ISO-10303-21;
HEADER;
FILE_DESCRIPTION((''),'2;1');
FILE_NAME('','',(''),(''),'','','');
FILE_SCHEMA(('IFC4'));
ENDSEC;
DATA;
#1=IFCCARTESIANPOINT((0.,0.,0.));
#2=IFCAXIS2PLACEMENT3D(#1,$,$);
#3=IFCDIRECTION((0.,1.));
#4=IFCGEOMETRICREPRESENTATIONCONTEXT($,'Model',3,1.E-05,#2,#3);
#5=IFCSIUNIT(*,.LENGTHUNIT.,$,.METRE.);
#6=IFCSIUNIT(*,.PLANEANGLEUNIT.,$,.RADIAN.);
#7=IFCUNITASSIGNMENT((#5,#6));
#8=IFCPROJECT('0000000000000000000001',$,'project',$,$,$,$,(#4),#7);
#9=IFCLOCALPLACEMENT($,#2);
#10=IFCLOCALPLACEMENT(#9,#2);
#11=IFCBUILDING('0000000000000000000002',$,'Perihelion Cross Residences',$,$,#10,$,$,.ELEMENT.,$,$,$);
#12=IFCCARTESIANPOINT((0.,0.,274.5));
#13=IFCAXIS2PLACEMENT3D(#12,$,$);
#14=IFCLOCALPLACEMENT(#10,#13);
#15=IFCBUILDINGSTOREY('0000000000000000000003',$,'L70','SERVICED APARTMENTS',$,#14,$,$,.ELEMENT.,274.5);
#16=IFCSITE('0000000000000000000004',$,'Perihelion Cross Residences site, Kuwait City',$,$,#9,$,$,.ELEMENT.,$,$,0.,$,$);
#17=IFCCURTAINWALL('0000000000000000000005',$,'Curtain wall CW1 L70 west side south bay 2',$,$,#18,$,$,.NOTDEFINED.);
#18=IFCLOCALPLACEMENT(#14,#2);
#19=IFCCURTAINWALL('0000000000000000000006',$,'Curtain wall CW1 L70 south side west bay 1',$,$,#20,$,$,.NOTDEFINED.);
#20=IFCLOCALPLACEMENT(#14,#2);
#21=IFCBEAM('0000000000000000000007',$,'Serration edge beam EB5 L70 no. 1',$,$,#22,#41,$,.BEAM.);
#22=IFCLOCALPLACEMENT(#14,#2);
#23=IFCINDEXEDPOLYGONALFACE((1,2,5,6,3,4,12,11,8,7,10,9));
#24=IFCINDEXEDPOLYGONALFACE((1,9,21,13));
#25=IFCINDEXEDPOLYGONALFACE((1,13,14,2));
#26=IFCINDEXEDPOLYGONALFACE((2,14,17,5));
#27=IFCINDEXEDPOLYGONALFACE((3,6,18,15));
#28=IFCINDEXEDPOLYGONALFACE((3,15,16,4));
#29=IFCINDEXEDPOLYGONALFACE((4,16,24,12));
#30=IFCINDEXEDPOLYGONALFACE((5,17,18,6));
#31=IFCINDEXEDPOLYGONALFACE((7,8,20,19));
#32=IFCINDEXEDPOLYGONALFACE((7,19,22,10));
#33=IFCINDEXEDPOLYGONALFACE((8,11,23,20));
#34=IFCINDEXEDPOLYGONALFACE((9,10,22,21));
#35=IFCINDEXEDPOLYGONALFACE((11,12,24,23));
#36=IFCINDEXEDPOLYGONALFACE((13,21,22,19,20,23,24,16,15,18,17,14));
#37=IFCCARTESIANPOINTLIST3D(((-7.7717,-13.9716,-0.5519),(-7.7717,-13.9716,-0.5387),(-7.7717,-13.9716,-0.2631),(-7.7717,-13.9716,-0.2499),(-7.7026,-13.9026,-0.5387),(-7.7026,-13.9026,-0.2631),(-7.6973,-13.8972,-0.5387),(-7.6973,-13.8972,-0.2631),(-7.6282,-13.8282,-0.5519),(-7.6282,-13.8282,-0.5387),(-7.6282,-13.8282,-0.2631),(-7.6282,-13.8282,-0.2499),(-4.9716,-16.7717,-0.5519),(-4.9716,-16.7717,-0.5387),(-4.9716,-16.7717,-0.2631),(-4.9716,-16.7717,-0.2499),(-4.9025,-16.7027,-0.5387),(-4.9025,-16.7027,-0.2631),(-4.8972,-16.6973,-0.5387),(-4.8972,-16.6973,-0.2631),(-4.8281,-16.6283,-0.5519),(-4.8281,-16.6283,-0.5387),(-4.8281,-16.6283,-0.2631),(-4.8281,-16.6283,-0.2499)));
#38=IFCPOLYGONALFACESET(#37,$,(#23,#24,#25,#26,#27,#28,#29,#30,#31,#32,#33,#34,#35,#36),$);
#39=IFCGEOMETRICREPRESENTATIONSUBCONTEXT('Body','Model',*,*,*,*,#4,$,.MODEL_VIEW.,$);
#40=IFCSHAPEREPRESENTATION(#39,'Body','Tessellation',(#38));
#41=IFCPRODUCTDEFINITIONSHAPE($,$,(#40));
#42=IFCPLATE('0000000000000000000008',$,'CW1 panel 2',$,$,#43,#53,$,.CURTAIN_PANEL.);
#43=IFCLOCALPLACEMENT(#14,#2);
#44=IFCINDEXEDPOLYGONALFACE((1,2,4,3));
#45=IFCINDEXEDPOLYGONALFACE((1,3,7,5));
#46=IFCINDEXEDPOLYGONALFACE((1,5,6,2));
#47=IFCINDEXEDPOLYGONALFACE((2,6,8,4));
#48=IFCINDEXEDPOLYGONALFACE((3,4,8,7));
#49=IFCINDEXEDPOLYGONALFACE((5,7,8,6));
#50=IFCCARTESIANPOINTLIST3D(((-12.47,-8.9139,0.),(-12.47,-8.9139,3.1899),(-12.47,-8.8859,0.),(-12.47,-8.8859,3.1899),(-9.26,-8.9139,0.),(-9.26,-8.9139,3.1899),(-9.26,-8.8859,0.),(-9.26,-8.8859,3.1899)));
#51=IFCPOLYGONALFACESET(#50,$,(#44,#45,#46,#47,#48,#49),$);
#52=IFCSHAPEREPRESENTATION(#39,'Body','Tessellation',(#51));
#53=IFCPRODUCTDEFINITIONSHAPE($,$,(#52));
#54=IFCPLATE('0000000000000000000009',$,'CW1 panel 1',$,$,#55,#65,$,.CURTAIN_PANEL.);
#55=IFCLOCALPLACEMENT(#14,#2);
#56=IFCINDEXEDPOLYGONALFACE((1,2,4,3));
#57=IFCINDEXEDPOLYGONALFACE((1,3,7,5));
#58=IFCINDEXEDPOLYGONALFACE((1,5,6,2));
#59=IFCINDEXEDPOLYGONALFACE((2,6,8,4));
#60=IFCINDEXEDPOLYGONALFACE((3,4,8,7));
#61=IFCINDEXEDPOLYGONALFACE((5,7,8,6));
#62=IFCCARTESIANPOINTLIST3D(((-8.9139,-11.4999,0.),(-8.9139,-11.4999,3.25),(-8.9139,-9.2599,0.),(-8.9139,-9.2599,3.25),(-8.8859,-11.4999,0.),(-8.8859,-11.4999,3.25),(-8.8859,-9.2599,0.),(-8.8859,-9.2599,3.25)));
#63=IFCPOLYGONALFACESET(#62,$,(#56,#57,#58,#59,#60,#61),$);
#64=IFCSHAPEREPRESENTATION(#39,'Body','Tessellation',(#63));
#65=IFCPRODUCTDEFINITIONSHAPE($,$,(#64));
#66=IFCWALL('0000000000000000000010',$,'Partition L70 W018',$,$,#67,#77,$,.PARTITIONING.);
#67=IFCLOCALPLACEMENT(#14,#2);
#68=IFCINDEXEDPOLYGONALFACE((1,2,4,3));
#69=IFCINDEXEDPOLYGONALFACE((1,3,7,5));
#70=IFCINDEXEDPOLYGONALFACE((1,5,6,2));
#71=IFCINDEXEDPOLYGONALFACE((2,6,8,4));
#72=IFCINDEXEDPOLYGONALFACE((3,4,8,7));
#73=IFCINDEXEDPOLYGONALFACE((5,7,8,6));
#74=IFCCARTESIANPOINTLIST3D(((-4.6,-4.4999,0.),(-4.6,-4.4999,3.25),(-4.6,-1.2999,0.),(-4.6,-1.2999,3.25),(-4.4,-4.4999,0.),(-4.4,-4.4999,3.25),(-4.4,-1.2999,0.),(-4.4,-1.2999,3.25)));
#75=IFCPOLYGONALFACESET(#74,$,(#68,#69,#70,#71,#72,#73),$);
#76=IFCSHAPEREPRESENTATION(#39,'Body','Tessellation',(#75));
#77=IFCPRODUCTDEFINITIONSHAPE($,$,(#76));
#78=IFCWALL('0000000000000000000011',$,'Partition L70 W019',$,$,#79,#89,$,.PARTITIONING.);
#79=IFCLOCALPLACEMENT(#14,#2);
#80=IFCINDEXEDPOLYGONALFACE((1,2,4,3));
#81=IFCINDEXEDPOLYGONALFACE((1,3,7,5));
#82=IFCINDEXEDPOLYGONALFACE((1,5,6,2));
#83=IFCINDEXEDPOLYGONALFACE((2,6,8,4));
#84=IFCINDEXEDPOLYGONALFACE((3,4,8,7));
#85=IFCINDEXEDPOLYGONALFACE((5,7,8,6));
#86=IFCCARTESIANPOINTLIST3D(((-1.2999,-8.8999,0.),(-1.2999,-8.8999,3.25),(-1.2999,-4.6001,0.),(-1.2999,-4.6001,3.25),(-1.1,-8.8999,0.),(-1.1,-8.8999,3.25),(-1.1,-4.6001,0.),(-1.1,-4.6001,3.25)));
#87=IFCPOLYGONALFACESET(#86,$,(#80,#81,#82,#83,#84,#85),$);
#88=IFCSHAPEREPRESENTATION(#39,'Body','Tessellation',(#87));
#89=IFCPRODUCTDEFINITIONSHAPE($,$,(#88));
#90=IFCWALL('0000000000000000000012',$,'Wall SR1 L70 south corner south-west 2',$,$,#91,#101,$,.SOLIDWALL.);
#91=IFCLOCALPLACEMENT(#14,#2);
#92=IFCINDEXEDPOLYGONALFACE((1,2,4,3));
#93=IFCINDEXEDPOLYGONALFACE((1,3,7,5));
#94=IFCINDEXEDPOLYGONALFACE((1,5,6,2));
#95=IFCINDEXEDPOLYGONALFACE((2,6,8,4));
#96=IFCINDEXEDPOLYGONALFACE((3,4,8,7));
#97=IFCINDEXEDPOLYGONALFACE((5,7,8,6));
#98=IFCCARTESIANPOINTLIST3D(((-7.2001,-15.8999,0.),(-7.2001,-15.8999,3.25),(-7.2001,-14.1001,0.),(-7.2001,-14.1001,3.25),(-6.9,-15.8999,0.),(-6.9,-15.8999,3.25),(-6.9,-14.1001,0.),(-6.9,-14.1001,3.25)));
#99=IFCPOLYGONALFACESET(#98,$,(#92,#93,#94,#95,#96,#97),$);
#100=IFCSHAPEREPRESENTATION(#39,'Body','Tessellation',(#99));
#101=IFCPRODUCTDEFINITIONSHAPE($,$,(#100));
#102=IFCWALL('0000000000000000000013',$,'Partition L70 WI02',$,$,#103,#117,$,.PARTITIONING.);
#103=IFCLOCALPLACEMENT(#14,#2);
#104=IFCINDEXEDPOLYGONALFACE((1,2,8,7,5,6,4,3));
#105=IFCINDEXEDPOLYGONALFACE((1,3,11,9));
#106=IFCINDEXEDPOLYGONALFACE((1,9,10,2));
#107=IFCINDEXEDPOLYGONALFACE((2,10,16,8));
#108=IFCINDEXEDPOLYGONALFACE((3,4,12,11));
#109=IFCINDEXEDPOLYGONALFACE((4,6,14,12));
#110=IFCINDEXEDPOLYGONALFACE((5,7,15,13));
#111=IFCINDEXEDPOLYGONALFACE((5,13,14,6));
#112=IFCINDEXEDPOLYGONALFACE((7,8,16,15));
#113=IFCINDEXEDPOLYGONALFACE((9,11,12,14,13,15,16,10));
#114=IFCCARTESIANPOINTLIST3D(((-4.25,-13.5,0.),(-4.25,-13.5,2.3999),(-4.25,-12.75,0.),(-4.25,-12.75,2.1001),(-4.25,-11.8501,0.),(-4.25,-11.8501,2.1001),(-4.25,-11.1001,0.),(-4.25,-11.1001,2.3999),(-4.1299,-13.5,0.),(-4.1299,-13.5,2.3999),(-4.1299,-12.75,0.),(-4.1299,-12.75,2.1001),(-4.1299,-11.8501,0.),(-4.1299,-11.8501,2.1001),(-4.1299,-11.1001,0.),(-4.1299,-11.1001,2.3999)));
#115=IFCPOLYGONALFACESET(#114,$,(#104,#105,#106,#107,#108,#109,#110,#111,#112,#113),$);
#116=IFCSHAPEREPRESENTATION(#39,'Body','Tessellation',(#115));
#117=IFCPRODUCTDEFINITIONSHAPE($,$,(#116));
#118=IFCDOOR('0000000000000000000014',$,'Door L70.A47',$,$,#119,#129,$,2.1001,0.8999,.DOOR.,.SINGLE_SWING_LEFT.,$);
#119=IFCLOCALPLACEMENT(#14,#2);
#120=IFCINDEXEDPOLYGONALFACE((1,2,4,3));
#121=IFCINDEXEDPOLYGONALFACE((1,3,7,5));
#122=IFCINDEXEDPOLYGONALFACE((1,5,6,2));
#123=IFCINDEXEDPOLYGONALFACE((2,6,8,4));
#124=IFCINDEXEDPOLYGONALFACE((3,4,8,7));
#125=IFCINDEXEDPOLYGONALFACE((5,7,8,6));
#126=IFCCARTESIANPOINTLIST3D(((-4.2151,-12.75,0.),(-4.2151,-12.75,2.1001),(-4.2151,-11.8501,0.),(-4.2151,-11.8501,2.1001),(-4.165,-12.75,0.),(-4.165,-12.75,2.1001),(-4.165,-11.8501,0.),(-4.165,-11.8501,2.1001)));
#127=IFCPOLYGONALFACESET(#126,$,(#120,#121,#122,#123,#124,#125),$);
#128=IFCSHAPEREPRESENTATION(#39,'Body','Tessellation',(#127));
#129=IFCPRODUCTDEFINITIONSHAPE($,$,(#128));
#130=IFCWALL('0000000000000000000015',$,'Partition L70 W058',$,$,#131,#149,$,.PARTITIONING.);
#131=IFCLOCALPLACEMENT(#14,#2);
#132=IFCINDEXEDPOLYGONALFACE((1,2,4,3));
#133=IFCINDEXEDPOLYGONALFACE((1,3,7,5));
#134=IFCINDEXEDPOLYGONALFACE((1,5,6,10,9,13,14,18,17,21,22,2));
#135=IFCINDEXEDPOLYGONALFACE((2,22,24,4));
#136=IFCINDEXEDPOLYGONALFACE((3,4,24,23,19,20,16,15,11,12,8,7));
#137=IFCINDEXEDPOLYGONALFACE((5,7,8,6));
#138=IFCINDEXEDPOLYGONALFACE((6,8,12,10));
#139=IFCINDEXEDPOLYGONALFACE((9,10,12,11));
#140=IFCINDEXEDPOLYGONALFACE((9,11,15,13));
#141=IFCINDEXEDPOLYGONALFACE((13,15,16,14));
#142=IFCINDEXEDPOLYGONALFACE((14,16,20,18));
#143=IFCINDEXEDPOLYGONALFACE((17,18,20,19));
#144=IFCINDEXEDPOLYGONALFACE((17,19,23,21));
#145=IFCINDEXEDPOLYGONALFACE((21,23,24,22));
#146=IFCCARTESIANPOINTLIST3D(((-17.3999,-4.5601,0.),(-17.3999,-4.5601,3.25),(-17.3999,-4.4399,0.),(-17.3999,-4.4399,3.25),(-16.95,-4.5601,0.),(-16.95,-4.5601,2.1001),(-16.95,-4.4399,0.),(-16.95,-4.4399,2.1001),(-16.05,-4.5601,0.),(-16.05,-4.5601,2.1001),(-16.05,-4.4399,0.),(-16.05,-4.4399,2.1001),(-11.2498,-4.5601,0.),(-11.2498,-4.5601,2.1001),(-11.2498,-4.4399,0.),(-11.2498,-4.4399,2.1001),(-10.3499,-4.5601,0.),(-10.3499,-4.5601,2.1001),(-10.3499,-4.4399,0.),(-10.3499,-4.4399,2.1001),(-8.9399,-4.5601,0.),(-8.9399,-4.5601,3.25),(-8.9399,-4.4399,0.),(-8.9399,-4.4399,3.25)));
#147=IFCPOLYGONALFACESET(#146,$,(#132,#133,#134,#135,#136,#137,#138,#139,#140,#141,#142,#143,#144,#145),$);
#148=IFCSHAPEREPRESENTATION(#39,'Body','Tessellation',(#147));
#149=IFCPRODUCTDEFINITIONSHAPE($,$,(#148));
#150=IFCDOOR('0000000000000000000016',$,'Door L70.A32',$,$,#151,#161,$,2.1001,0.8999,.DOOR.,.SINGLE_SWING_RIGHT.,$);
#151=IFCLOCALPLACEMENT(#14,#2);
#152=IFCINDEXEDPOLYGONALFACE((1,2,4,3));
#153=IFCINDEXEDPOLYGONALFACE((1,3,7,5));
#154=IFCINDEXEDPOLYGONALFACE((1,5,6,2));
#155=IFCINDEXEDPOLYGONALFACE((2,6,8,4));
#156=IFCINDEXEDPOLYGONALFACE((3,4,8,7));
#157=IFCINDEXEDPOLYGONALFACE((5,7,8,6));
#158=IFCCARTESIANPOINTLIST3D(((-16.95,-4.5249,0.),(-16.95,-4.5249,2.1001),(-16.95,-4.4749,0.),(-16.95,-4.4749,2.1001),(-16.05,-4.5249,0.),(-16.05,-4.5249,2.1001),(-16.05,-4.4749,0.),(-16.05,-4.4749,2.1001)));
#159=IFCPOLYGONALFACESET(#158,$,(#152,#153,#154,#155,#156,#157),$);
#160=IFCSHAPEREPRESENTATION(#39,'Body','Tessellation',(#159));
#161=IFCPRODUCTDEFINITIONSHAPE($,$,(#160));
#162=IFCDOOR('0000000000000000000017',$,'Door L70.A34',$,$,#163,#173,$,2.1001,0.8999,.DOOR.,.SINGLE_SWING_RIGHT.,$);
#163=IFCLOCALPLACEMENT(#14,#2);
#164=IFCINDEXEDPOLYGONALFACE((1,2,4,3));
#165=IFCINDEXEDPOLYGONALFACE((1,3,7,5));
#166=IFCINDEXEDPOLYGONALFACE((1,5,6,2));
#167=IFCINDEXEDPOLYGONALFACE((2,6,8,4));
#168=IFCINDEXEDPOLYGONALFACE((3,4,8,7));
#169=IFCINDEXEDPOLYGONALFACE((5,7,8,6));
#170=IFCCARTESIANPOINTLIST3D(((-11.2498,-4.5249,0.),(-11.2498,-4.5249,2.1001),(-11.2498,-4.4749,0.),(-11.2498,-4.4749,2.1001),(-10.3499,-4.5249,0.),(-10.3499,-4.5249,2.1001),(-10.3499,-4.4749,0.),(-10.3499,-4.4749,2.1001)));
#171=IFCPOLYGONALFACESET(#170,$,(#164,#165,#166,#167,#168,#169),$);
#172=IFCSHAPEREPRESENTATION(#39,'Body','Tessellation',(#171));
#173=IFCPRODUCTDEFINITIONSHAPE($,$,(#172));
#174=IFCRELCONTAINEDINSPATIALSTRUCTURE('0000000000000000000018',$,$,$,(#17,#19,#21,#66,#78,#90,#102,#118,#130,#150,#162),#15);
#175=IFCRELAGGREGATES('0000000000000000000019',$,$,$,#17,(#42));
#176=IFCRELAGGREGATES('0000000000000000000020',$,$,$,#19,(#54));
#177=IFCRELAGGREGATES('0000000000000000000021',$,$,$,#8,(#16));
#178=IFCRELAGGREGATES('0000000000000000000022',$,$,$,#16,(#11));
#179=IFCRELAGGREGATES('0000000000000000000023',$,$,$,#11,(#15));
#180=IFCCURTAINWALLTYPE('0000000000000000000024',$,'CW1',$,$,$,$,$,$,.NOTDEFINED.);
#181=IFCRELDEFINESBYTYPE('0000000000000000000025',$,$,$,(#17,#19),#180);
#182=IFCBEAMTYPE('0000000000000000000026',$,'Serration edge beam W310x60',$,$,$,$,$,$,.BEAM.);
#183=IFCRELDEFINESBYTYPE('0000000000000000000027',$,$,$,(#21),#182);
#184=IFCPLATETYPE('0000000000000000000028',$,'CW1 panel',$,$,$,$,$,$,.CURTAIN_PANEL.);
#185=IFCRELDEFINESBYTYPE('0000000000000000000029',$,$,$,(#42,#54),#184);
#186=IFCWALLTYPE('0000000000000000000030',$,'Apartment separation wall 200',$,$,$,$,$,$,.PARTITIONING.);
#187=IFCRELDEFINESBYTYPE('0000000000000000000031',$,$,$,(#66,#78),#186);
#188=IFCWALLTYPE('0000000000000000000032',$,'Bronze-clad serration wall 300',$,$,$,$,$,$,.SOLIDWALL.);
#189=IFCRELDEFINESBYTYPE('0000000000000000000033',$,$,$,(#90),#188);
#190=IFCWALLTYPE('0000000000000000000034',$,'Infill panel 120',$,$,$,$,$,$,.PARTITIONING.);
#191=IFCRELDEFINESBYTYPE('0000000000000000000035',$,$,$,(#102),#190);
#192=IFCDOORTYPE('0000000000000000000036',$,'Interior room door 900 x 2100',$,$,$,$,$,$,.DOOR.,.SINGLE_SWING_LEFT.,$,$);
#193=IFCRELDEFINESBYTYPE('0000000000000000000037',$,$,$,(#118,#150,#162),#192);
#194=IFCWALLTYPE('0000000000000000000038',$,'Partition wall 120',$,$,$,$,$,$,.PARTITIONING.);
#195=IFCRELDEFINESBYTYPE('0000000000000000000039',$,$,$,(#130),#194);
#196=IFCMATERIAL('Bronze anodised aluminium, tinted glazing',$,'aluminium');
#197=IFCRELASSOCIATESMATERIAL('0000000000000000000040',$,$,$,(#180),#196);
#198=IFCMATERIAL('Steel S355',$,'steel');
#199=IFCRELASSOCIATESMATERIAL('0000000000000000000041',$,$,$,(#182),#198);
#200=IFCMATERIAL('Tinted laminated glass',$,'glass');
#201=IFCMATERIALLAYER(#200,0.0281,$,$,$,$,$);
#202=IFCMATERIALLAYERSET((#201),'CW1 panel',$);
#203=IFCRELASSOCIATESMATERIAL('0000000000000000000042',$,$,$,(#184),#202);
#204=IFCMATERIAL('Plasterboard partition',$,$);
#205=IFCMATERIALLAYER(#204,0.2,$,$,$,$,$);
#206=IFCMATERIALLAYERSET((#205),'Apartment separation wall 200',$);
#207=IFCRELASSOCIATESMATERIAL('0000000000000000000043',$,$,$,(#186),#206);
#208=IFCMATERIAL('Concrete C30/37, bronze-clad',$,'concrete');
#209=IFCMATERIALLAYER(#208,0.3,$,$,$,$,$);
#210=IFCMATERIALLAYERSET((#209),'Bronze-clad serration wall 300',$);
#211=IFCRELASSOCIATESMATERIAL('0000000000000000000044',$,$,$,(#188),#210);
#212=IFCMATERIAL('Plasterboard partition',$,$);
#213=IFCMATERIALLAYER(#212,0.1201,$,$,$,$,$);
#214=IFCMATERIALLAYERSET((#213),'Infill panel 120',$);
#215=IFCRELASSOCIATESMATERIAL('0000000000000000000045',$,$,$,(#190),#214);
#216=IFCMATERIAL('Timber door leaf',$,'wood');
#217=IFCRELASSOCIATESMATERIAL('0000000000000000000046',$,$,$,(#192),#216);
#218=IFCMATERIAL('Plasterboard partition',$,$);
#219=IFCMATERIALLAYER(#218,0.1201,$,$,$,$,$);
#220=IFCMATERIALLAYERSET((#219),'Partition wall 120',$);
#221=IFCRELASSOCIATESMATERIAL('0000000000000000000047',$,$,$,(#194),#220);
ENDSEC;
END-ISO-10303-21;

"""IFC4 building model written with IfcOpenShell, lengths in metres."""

from ifc_helpers import new_model, si_unit, direction, frame, frame_2d, origin, origin_2d, place, context, subcontext, project, spatial, rectangle, i_section, extrude, material, layer, layer_set, material_profile, profile_set, type_object, element, fill, aggregate, save


model = new_model("IFC4")

# Units and contexts
model_context = context("Model", 3, precision=1e-05, world=origin(), true_north=direction((0.0, 1.0)))
body_context = subcontext(model_context, "Body", "Model", "MODEL_VIEW")
ifc_project = project(units=[si_unit("LENGTHUNIT", "METRE"), si_unit("PLANEANGLEUNIT", "RADIAN")], contexts=[model_context])

# Site, building, storey
site_placement = place(None, origin())
site = spatial("IfcSite", under=ifc_project, at=site_placement, Name="Perihelion Cross Residences site, Kuwait City", CompositionType="ELEMENT", RefElevation=0.0)
building_placement = place(site_placement, origin())
building = spatial("IfcBuilding", under=site, at=building_placement, Name="Perihelion Cross Residences", CompositionType="ELEMENT")
storey_placement = place(building_placement, frame((0.0, 0.0, 274.5)))
storey = spatial("IfcBuildingStorey", under=building, at=storey_placement, Name="L70", Description="SERVICED APARTMENTS", CompositionType="ELEMENT", Elevation=274.5)

# Curtain walls
ifc_material_1 = material(Name="Bronze anodised aluminium, tinted glazing", Category="aluminium")
curtain_wall_type = type_object("IfcCurtainWallType", Name="CW1", PredefinedType="NOTDEFINED", material=ifc_material_1)
curtain_wall_1_placement = place(storey_placement, origin())
curtain_wall_1 = element("IfcCurtainWall", 1, at=curtain_wall_1_placement, inside=storey, type_object=curtain_wall_type, Name="Curtain wall CW1 L70 west side south bay 2", PredefinedType="NOTDEFINED")
curtain_wall_2_placement = place(storey_placement, origin())
curtain_wall_2 = element("IfcCurtainWall", 2, at=curtain_wall_2_placement, inside=storey, type_object=curtain_wall_type, Name="Curtain wall CW1 L70 south side west bay 1", PredefinedType="NOTDEFINED")

# Beam
ifc_material_2 = material(Name="Steel S355", Category="steel")
ifc_material_profile_1 = material_profile(ifc_material_2, i_section(OverallWidth=0.2029, OverallDepth=0.302, WebThickness=0.0076, FlangeThickness=0.0132, at=origin_2d()), Name="W310x60")
ifc_profile_set_1 = profile_set([ifc_material_profile_1], Name="Steel S355")
beam_type_1 = type_object("IfcBeamType", Name="Serration edge beam W310x60", PredefinedType="BEAM", material=ifc_profile_set_1)
beam_1_placement = place(storey_placement, frame((-7.7, -13.8999, -0.4009), z_axis=(0.707107, -0.707107, 0.0), x_axis=(0.707107, 0.707107, 0.0)))
element("IfcBeam", 3, at=beam_1_placement, inside=storey, type_object=beam_type_1, Name="Serration edge beam EB5 L70 no. 1", PredefinedType="BEAM", context=body_context, shape_type="SweptSolid", body=[
    extrude(i_section(OverallWidth=0.2029, OverallDepth=0.302, WebThickness=0.0076, FlangeThickness=0.0132, at=origin_2d()), origin(), (0.0, 0.0, 1.0), 3.96),
])

# Plates
ifc_material_3 = material(Name="Tinted laminated glass", Category="glass")
ifc_layer_1 = layer(ifc_material_3, 0.0281)
ifc_layer_set_1 = layer_set([ifc_layer_1], Name="CW1 panel")
plate_type = type_object("IfcPlateType", Name="CW1 panel", PredefinedType="CURTAIN_PANEL", material=ifc_layer_set_1)
plate_1_placement = place(storey_placement, frame((-10.865, -8.8999, 0.0), z_axis=(0.0, 0.0, 1.0), x_axis=(1.0, 0.0, 0.0)))
plate_1 = element("IfcPlate", 4, at=plate_1_placement, type_object=plate_type, Name="CW1 panel 2", PredefinedType="CURTAIN_PANEL", context=body_context, shape_type="SweptSolid", body=[
    extrude(rectangle(XDim=3.21, YDim=0.0281, at=origin_2d()), origin(), (0.0, 0.0, 1.0), 3.1899),
])
aggregate(curtain_wall_1, [plate_1])
plate_2_placement = place(storey_placement, frame((-8.8999, -10.3799, 0.0), z_axis=(0.0, 0.0, 1.0), x_axis=(0.0, -1.0, 0.0)))
plate_2 = element("IfcPlate", 5, at=plate_2_placement, type_object=plate_type, Name="CW1 panel 1", PredefinedType="CURTAIN_PANEL", context=body_context, shape_type="SweptSolid", body=[
    extrude(rectangle(XDim=2.24, YDim=0.0281, at=origin_2d()), origin(), (0.0, 0.0, 1.0), 3.25),
])
aggregate(curtain_wall_2, [plate_2])

# Walls
ifc_material_4 = material(Name="Plasterboard partition")
ifc_layer_2 = layer(ifc_material_4, 0.2)
ifc_layer_set_2 = layer_set([ifc_layer_2], Name="Apartment separation wall 200")
wall_type_1 = type_object("IfcWallType", Name="Apartment separation wall 200", PredefinedType="PARTITIONING", material=ifc_layer_set_2)
wall_1_placement = place(storey_placement, frame((-4.5, -4.5, 0.0), z_axis=(0.0, 0.0, 1.0), x_axis=(0.0, 1.0, 0.0)))
element("IfcWall", 6, at=wall_1_placement, inside=storey, type_object=wall_type_1, Name="Partition L70 W018", PredefinedType="PARTITIONING", context=body_context, shape_type="SweptSolid", body=[
    extrude(rectangle(XDim=3.2, YDim=0.2, at=frame_2d((1.6001, 0.0))), origin(), (0.0, 0.0, 1.0), 3.25),
])
wall_2_placement = place(storey_placement, frame((-1.2, -8.8999, 0.0), z_axis=(0.0, 0.0, 1.0), x_axis=(0.0, 1.0, 0.0)))
element("IfcWall", 7, at=wall_2_placement, inside=storey, type_object=wall_type_1, Name="Partition L70 W019", PredefinedType="PARTITIONING", context=body_context, shape_type="SweptSolid", body=[
    extrude(rectangle(XDim=4.2998, YDim=0.2, at=frame_2d((2.1499, 0.0))), origin(), (0.0, 0.0, 1.0), 3.25),
])

# Wall
ifc_material_5 = material(Name="Concrete C30/37, bronze-clad", Category="concrete")
ifc_layer_3 = layer(ifc_material_5, 0.3)
ifc_layer_set_3 = layer_set([ifc_layer_3], Name="Bronze-clad serration wall 300")
wall_type_2 = type_object("IfcWallType", Name="Bronze-clad serration wall 300", PredefinedType="SOLIDWALL", material=ifc_layer_set_3)
wall_3_placement = place(storey_placement, frame((-7.05, -14.1001, 0.0), z_axis=(0.0, 0.0, 1.0), x_axis=(0.0, -1.0, 0.0)))
element("IfcWall", 8, at=wall_3_placement, inside=storey, type_object=wall_type_2, Name="Wall SR1 L70 south corner south-west 2", PredefinedType="SOLIDWALL", context=body_context, shape_type="SweptSolid", body=[
    extrude(rectangle(XDim=1.7998, YDim=0.3, at=frame_2d((0.8999, 0.0))), origin(), (0.0, 0.0, 1.0), 3.25),
])

# Wall, opening, door
ifc_material_6 = material(Name="Plasterboard partition")
ifc_layer_4 = layer(ifc_material_6, 0.1201)
ifc_layer_set_4 = layer_set([ifc_layer_4], Name="Infill panel 120")
wall_type_3 = type_object("IfcWallType", Name="Infill panel 120", PredefinedType="PARTITIONING", material=ifc_layer_set_4)
wall_4_placement = place(storey_placement, frame((-4.1899, -11.1001, 0.0), z_axis=(0.0, 0.0, 1.0), x_axis=(0.0, -1.0, 0.0)))
wall_4 = element("IfcWall", 9, at=wall_4_placement, inside=storey, type_object=wall_type_3, Name="Partition L70 WI02", PredefinedType="PARTITIONING", context=body_context, shape_type="SweptSolid", body=[
    extrude(rectangle(XDim=2.3999, YDim=0.1201, at=frame_2d((1.2, 0.0))), origin(), (0.0, 0.0, 1.0), 2.3999),
])
opening_1_placement = place(wall_4_placement, frame((0.75, 0.0, 0.0)))
opening_1 = element("IfcOpeningElement", 10, at=opening_1_placement, cuts=wall_4, PredefinedType="OPENING", context=body_context, shape_type="SweptSolid", body=[
    extrude(rectangle(XDim=0.8999, YDim=2.1001, at=frame_2d((0.45, 1.05))), frame((0.0, 0.0701, 0.0), z_axis=(0.0, -1.0, 0.0), x_axis=(1.0, 0.0, 0.0)), (0.0, 0.0, 1.0), 0.1401),
])
ifc_material_7 = material(Name="Timber door leaf", Category="wood")
door_type_1 = type_object("IfcDoorType", Name="Interior room door 900 x 2100", OperationType="SINGLE_SWING_LEFT", PredefinedType="DOOR", material=ifc_material_7)
door_1_placement = place(opening_1_placement, origin())
door_1 = element("IfcDoor", 11, at=door_1_placement, inside=storey, type_object=door_type_1, Name="Door L70.A47", OperationType="SINGLE_SWING_LEFT", OverallHeight=2.1001, OverallWidth=0.8999, PredefinedType="DOOR", context=body_context, shape_type="SweptSolid", body=[
    extrude(rectangle(XDim=0.8999, YDim=2.1001, at=frame_2d((0.45, 1.05))), frame((0.0, 0.0249, 0.0), z_axis=(0.0, -1.0, 0.0), x_axis=(1.0, 0.0, 0.0)), (0.0, 0.0, 1.0), 0.05),
])
fill(opening_1, door_1)

# Wall, openings, doors
ifc_material_8 = material(Name="Plasterboard partition")
ifc_layer_5 = layer(ifc_material_8, 0.1201)
ifc_layer_set_5 = layer_set([ifc_layer_5], Name="Partition wall 120")
wall_type_4 = type_object("IfcWallType", Name="Partition wall 120", PredefinedType="PARTITIONING", material=ifc_layer_set_5)
wall_5_placement = place(storey_placement, frame((-8.9399, -4.5, 0.0), z_axis=(0.0, 0.0, 1.0), x_axis=(-1.0, 0.0, 0.0)))
wall_5 = element("IfcWall", 12, at=wall_5_placement, inside=storey, type_object=wall_type_4, Name="Partition L70 W058", PredefinedType="PARTITIONING", context=body_context, shape_type="SweptSolid", body=[
    extrude(rectangle(XDim=8.46, YDim=0.1201, at=frame_2d((4.23, 0.0))), origin(), (0.0, 0.0, 1.0), 3.25),
])
opening_2_placement = place(wall_5_placement, frame((7.1101, 0.0, 0.0)))
opening_2 = element("IfcOpeningElement", 13, at=opening_2_placement, cuts=wall_5, PredefinedType="OPENING", context=body_context, shape_type="SweptSolid", body=[
    extrude(rectangle(XDim=0.8999, YDim=2.1001, at=frame_2d((0.45, 1.05))), frame((0.0, 0.0701, 0.0), z_axis=(0.0, -1.0, 0.0), x_axis=(1.0, 0.0, 0.0)), (0.0, 0.0, 1.0), 0.1401),
])
opening_3_placement = place(wall_5_placement, frame((1.4099, 0.0, 0.0)))
opening_3 = element("IfcOpeningElement", 14, at=opening_3_placement, cuts=wall_5, PredefinedType="OPENING", context=body_context, shape_type="SweptSolid", body=[
    extrude(rectangle(XDim=0.8999, YDim=2.1001, at=frame_2d((0.45, 1.05))), frame((0.0, 0.0701, 0.0), z_axis=(0.0, -1.0, 0.0), x_axis=(1.0, 0.0, 0.0)), (0.0, 0.0, 1.0), 0.1401),
])
door_2_placement = place(opening_2_placement, origin())
door_2 = element("IfcDoor", 15, at=door_2_placement, inside=storey, type_object=door_type_1, Name="Door L70.A32", OperationType="SINGLE_SWING_RIGHT", OverallHeight=2.1001, OverallWidth=0.8999, PredefinedType="DOOR", context=body_context, shape_type="SweptSolid", body=[
    extrude(rectangle(XDim=0.8999, YDim=2.1001, at=frame_2d((0.45, 1.05))), frame((0.0, 0.0249, 0.0), z_axis=(0.0, -1.0, 0.0), x_axis=(1.0, 0.0, 0.0)), (0.0, 0.0, 1.0), 0.05),
])
fill(opening_2, door_2)
door_3_placement = place(opening_3_placement, origin())
door_3 = element("IfcDoor", 16, at=door_3_placement, inside=storey, type_object=door_type_1, Name="Door L70.A34", OperationType="SINGLE_SWING_RIGHT", OverallHeight=2.1001, OverallWidth=0.8999, PredefinedType="DOOR", context=body_context, shape_type="SweptSolid", body=[
    extrude(rectangle(XDim=0.8999, YDim=2.1001, at=frame_2d((0.45, 1.05))), frame((0.0, 0.0249, 0.0), z_axis=(0.0, -1.0, 0.0), x_axis=(1.0, 0.0, 0.0)), (0.0, 0.0, 1.0), 0.05),
])
fill(opening_3, door_3)

save(model, "model.ifc")
